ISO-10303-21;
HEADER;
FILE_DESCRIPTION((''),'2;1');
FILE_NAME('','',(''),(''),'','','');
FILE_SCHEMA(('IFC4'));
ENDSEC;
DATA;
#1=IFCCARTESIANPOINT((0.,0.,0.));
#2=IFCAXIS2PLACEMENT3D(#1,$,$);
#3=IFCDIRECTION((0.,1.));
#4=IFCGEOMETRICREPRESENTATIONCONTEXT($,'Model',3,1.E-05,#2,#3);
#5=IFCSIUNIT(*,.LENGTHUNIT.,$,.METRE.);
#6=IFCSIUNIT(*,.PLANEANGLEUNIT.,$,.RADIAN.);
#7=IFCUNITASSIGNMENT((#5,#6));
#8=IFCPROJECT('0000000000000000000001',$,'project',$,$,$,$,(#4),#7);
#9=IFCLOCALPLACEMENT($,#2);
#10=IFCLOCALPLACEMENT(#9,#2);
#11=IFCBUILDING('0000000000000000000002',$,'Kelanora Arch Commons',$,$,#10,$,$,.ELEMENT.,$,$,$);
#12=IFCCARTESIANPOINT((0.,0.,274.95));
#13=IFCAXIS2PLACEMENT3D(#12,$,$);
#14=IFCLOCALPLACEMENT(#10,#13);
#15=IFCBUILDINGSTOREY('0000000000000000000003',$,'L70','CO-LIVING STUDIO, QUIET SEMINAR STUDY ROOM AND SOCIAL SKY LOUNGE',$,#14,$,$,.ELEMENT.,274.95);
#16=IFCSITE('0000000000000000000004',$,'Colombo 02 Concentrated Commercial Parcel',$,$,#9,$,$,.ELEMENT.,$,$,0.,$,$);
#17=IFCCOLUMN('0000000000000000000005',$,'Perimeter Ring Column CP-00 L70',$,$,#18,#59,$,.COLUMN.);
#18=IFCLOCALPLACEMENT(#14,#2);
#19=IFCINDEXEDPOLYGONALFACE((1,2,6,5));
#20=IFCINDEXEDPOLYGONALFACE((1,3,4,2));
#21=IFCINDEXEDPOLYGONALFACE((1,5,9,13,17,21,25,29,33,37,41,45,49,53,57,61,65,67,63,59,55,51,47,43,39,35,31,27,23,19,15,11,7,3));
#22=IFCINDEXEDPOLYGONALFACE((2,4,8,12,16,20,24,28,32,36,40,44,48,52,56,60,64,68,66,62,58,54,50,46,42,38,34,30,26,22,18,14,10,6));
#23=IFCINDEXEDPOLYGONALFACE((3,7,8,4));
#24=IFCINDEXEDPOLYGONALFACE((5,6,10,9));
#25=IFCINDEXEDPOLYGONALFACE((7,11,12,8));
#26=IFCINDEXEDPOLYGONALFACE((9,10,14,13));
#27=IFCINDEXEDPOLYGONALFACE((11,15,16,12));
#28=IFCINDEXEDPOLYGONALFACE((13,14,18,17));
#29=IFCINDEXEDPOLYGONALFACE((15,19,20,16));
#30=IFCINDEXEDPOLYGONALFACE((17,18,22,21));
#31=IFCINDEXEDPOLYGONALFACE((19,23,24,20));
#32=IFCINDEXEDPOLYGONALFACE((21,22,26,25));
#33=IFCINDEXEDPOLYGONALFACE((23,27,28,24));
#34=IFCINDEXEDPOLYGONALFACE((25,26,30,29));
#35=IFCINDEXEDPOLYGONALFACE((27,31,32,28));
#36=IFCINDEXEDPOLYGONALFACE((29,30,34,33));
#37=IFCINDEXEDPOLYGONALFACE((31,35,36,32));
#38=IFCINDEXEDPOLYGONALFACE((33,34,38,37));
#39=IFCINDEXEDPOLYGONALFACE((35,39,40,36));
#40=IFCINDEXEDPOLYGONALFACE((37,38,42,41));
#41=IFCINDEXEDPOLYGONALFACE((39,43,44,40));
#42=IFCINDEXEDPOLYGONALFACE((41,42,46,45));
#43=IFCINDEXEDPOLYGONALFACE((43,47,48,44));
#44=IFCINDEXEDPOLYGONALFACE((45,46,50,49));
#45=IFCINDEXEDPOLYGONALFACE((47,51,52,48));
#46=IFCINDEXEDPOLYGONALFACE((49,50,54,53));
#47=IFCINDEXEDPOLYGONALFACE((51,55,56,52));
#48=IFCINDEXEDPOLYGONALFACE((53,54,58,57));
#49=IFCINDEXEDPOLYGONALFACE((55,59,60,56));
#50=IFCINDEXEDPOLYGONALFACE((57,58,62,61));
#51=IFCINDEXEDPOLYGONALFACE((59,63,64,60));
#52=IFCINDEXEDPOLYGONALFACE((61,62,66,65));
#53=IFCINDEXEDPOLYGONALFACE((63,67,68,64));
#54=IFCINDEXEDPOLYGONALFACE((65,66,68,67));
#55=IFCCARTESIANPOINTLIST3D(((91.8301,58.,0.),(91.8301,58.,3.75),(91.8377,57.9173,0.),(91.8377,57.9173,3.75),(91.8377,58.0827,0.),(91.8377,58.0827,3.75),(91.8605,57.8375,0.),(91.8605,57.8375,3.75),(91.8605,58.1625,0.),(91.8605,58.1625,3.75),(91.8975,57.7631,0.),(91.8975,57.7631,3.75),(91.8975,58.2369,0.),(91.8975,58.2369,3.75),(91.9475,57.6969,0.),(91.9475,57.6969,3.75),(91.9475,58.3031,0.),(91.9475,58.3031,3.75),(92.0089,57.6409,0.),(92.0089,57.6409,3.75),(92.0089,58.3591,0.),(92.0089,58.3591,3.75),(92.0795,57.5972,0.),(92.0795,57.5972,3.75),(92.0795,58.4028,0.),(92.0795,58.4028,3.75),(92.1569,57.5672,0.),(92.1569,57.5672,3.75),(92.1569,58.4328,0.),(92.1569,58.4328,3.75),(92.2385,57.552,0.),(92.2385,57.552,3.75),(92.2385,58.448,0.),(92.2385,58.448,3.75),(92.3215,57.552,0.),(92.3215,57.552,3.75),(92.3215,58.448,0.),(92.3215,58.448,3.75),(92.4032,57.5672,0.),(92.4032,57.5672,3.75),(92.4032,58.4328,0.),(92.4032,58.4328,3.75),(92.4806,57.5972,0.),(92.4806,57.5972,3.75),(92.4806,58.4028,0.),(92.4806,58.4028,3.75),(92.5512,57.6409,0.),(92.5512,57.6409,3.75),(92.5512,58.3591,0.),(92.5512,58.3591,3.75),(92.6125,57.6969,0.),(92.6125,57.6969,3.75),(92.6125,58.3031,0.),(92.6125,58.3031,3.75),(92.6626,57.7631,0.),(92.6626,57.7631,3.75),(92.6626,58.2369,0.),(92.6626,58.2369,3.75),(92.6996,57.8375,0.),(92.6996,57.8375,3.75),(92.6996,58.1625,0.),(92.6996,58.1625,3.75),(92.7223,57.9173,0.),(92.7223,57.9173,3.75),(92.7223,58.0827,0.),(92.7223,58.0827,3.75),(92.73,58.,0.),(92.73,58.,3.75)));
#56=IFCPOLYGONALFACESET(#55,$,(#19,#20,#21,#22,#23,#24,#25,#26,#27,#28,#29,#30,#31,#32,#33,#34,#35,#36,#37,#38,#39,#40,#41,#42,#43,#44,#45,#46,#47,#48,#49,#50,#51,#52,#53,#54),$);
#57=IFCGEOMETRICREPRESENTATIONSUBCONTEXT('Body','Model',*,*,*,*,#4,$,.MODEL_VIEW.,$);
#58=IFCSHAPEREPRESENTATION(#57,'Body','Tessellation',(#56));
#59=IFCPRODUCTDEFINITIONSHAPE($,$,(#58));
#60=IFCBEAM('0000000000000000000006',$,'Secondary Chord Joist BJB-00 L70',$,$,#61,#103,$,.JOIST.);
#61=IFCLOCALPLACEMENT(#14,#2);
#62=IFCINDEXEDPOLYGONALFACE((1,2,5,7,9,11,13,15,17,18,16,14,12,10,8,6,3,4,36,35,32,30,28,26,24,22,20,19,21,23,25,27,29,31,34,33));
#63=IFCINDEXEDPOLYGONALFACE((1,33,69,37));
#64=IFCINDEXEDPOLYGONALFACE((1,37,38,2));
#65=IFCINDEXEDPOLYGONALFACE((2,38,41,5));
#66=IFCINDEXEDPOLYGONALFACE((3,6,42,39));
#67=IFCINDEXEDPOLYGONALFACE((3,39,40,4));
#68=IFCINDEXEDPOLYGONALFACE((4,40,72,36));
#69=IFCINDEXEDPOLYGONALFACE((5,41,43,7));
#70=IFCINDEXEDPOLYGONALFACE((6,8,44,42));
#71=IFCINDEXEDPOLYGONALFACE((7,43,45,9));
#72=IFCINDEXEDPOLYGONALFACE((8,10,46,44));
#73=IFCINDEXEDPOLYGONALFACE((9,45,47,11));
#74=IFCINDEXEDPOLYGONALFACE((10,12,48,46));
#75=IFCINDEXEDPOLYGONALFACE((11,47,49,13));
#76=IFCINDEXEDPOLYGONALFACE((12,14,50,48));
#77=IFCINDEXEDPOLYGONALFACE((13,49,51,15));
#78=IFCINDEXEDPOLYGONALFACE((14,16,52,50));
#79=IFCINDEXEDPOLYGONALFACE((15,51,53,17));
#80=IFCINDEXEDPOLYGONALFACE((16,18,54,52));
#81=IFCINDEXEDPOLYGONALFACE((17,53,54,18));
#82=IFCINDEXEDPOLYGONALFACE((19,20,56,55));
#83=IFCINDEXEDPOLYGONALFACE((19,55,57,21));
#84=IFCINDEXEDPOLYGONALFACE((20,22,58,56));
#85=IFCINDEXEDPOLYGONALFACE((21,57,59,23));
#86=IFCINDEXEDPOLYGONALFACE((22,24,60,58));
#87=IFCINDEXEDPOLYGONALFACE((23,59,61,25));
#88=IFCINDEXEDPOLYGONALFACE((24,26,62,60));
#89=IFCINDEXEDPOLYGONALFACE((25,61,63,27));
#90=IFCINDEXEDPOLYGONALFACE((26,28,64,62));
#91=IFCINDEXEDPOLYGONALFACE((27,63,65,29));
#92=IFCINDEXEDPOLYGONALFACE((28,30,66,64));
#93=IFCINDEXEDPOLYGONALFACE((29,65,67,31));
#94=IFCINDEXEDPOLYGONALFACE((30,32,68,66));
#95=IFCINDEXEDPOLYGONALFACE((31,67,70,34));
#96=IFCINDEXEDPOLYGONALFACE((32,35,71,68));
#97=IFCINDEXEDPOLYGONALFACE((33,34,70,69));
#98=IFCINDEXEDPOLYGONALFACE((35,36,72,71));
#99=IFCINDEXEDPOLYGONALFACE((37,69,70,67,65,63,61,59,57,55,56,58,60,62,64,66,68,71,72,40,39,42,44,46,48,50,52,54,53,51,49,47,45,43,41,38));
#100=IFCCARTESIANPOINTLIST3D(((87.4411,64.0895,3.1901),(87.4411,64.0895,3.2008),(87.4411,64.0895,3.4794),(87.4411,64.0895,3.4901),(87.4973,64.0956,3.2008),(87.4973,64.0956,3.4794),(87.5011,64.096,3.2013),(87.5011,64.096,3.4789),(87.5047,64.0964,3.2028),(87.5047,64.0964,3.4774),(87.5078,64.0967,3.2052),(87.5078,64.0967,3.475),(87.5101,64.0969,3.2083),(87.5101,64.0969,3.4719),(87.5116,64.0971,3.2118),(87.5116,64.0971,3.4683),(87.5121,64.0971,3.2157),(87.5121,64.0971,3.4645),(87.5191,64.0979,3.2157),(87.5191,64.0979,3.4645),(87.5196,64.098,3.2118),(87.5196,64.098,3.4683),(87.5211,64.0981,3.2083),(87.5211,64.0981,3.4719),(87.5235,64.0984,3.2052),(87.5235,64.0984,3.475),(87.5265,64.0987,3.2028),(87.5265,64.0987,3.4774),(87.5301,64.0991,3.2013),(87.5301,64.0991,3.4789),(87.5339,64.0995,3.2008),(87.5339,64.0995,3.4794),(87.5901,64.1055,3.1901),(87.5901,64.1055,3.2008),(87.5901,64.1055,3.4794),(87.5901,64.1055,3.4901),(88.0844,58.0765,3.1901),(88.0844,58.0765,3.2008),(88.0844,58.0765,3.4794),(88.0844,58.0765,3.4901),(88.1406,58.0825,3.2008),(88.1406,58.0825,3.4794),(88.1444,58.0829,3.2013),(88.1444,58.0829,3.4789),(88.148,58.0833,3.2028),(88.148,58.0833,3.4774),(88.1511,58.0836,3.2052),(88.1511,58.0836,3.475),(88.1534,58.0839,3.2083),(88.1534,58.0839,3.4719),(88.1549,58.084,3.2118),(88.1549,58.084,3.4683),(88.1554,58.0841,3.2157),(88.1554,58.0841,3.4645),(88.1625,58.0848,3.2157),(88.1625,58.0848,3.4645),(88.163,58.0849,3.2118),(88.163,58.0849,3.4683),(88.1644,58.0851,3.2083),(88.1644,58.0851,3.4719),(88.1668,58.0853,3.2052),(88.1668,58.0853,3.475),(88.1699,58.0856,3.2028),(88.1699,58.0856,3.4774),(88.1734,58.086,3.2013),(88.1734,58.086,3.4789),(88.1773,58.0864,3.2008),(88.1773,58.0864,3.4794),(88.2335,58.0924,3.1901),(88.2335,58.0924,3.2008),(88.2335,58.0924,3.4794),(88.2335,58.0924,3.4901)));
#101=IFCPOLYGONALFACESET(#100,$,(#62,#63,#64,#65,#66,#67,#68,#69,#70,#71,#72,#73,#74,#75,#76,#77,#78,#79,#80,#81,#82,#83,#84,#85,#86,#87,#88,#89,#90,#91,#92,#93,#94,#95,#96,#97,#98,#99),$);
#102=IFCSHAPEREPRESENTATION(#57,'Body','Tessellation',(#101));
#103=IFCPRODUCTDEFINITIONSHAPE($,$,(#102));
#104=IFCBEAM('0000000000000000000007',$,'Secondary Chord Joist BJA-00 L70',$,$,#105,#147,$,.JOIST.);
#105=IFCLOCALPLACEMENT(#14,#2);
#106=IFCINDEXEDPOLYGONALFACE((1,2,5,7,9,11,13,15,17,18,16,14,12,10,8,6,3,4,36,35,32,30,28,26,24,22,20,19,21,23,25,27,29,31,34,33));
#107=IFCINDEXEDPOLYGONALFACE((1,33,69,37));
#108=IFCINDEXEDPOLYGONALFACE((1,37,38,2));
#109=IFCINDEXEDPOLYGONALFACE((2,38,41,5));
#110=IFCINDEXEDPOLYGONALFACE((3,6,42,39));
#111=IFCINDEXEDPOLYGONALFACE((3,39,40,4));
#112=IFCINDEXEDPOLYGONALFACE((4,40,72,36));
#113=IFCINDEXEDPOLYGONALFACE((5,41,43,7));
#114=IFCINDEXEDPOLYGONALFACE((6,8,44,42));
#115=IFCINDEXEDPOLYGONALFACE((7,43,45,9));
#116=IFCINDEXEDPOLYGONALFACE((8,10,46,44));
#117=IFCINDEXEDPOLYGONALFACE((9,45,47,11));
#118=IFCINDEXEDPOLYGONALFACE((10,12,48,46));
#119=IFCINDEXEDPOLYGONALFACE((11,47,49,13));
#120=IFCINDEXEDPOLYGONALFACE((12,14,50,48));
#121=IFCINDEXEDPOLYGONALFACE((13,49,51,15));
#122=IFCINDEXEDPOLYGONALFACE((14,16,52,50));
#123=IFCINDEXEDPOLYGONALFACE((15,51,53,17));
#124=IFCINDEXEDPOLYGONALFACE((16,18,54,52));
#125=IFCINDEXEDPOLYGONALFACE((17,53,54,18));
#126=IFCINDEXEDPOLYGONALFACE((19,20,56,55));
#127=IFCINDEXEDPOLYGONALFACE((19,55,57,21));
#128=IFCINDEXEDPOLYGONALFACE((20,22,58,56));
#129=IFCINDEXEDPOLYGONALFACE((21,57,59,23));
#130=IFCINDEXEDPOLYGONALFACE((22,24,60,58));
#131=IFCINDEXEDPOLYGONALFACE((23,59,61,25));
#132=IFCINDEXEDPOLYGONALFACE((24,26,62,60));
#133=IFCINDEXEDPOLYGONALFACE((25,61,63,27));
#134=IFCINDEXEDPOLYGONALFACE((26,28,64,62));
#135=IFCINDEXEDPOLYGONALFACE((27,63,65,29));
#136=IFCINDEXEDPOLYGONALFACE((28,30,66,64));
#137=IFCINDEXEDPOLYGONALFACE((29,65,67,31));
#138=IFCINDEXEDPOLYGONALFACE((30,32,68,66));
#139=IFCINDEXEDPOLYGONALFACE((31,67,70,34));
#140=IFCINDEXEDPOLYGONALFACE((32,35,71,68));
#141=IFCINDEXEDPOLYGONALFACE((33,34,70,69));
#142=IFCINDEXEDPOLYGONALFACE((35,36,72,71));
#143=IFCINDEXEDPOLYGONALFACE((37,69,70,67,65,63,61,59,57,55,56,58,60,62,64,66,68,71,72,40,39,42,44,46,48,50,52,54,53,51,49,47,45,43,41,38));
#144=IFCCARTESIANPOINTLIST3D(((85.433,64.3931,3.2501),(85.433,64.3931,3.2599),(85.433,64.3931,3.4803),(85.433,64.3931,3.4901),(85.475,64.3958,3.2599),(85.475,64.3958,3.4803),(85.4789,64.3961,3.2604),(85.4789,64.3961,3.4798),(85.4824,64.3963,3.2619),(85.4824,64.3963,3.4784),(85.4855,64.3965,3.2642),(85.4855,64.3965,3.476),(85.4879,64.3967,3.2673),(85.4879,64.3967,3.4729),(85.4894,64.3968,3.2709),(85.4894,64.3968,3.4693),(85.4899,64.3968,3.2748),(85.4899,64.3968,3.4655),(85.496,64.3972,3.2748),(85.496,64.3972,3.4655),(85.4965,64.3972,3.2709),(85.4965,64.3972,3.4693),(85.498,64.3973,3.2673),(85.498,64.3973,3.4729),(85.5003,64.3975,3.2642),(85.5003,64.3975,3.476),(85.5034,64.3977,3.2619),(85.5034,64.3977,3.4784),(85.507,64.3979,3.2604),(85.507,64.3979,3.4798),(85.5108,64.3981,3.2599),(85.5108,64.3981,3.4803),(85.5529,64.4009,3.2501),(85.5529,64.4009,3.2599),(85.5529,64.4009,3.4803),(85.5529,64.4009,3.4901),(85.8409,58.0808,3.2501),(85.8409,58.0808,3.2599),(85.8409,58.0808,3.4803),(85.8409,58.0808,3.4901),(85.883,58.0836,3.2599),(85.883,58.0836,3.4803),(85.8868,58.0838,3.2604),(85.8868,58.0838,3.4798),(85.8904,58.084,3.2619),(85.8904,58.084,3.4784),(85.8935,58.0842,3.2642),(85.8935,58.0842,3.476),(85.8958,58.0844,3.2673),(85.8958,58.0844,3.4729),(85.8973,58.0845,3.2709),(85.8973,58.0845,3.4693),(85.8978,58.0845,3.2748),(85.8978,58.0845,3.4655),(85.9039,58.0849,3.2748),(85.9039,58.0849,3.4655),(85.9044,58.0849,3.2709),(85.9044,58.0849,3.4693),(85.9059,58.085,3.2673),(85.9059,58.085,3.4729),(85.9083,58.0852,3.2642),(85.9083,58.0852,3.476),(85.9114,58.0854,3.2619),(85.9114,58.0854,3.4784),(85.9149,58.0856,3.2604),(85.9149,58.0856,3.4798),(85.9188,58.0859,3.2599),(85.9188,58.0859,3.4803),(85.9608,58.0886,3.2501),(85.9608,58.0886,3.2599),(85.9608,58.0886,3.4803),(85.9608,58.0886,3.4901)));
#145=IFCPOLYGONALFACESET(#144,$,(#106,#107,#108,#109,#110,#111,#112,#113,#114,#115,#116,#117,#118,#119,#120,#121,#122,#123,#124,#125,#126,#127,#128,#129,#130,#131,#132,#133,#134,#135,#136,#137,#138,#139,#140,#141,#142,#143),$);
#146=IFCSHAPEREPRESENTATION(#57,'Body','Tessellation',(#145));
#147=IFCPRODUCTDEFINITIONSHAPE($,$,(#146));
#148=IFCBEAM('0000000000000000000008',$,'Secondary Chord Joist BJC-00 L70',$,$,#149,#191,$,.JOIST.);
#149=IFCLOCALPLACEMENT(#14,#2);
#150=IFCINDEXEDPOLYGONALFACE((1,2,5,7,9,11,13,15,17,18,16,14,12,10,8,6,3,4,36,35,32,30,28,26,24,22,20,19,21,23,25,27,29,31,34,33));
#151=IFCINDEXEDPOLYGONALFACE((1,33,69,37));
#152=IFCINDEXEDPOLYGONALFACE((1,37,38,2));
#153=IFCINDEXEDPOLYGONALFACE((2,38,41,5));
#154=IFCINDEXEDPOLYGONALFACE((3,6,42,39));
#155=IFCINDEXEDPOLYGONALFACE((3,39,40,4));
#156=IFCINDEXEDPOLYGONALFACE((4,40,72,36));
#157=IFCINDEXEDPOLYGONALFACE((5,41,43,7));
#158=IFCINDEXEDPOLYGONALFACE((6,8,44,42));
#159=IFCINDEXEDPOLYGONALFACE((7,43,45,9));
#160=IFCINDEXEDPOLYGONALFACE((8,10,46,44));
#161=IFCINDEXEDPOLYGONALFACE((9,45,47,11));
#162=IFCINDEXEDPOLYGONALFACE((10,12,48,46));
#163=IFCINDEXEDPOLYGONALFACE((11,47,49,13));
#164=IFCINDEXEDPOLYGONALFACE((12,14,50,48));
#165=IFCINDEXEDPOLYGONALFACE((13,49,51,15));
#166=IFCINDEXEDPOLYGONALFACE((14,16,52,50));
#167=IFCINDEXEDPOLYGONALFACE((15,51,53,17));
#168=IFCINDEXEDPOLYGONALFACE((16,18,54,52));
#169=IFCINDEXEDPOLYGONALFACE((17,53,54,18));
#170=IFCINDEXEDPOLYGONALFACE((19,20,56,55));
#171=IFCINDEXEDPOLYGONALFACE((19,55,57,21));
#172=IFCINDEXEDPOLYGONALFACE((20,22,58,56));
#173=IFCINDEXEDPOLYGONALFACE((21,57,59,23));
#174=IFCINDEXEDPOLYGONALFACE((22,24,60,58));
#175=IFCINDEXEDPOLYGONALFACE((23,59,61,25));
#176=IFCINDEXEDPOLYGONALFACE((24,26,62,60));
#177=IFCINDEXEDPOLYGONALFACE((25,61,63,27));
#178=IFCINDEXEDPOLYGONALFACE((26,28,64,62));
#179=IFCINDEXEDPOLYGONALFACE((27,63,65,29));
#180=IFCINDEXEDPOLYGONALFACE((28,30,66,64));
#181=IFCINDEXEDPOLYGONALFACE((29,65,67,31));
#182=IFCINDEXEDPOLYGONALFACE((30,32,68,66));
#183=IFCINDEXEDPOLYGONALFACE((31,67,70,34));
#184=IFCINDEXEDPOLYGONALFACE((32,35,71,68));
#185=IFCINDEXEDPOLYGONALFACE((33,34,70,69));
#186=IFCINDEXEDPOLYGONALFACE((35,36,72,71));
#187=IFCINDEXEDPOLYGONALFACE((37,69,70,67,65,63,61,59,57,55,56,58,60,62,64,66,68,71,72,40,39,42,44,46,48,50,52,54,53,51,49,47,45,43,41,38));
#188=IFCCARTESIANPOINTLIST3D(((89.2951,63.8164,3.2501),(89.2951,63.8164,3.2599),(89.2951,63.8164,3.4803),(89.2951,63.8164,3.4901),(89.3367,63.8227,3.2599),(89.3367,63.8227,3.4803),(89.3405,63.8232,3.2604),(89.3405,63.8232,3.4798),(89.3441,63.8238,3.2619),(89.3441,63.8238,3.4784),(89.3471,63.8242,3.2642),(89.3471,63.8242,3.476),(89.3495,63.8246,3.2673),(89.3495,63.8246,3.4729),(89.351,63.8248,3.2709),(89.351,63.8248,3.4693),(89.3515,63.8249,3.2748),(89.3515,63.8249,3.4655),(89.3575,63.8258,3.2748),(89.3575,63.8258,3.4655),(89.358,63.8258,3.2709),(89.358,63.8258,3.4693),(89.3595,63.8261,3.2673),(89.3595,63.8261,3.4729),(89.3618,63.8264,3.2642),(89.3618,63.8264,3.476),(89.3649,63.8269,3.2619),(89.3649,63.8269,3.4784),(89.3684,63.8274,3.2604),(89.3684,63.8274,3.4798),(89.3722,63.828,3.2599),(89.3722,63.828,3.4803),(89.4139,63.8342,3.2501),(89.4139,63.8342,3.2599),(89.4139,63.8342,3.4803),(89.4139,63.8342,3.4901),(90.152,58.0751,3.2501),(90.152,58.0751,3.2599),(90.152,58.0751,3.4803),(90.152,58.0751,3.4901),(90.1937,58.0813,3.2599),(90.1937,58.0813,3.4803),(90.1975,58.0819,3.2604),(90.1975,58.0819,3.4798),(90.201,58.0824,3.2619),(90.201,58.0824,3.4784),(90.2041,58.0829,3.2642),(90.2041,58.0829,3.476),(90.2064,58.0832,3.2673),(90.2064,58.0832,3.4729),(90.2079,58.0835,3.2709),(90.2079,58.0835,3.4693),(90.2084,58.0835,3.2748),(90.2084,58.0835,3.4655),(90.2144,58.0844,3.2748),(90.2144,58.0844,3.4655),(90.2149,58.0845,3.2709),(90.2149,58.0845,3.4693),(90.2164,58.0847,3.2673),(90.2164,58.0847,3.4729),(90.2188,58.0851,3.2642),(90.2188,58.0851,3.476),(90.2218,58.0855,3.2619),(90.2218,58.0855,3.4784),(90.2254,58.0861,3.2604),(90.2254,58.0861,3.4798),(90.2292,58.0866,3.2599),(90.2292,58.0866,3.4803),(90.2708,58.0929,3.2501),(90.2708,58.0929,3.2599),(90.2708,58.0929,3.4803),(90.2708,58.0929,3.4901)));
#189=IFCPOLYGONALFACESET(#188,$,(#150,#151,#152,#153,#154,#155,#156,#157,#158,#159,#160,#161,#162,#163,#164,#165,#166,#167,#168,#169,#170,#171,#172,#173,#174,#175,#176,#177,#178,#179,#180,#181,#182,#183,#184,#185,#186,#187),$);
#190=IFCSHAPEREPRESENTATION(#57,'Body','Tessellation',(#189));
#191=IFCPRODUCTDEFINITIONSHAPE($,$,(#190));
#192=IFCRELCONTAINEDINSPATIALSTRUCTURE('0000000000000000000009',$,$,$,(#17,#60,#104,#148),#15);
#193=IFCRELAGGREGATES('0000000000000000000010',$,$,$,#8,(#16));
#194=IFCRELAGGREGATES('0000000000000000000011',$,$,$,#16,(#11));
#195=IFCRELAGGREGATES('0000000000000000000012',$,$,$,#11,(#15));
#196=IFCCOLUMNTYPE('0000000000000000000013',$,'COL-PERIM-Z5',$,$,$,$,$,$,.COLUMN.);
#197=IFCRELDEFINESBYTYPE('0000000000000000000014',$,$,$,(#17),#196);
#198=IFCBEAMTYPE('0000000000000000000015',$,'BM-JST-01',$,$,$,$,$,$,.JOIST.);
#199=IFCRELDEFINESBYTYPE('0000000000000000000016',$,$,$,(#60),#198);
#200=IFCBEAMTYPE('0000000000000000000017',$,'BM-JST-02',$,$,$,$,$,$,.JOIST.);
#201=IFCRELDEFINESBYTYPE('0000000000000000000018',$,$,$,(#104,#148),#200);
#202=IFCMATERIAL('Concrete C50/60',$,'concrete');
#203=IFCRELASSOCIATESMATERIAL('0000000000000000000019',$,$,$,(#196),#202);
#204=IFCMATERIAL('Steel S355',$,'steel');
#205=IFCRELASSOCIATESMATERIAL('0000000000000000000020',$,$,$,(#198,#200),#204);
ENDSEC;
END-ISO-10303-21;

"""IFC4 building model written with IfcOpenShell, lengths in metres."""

from ifc_helpers import new_model, si_unit, direction, frame, origin, origin_2d, place, context, subcontext, project, spatial, circle, i_section, extrude, material, material_profile, profile_set, type_object, element, save


model = new_model("IFC4")

# Units and contexts
model_context = context("Model", 3, precision=1e-05, world=origin(), true_north=direction((0.0, 1.0)))
body_context = subcontext(model_context, "Body", "Model", "MODEL_VIEW")
ifc_project = project(units=[si_unit("LENGTHUNIT", "METRE"), si_unit("PLANEANGLEUNIT", "RADIAN")], contexts=[model_context])

# Site, building, storey
site_placement = place(None, origin())
site = spatial("IfcSite", under=ifc_project, at=site_placement, Name="Colombo 02 Concentrated Commercial Parcel", CompositionType="ELEMENT", RefElevation=0.0)
building_placement = place(site_placement, origin())
building = spatial("IfcBuilding", under=site, at=building_placement, Name="Kelanora Arch Commons", CompositionType="ELEMENT")
storey_placement = place(building_placement, frame((0.0, 0.0, 274.95)))
storey = spatial("IfcBuildingStorey", under=building, at=storey_placement, Name="L70", Description="CO-LIVING STUDIO, QUIET SEMINAR STUDY ROOM AND SOCIAL SKY LOUNGE", CompositionType="ELEMENT", Elevation=274.95)

# Column
ifc_material_1 = material(Name="Concrete C50/60", Category="concrete")
ifc_material_profile_1 = material_profile(ifc_material_1, circle(Radius=0.45, at=origin_2d()), Name="RCC900")
ifc_profile_set_1 = profile_set([ifc_material_profile_1], Name="Concrete C50/60")
column_type = type_object("IfcColumnType", Name="COL-PERIM-Z5", PredefinedType="COLUMN", material=ifc_profile_set_1)
column_placement = place(storey_placement, frame((92.28, 58.0, 0.0), z_axis=(0.0, 0.0, 1.0), x_axis=(1.0, 0.0, 0.0)))
element("IfcColumn", 1, at=column_placement, inside=storey, type_object=column_type, Name="Perimeter Ring Column CP-00 L70", PredefinedType="COLUMN", context=body_context, shape_type="SweptSolid", body=[
    extrude(circle(Radius=0.45, at=origin_2d()), origin(), (0.0, 0.0, 1.0), 3.75),
])

# Beams
ifc_material_2 = material(Name="Steel S355", Category="steel")
ifc_material_profile_2 = material_profile(ifc_material_2, i_section(OverallWidth=0.1499, OverallDepth=0.3, WebThickness=0.0071, FlangeThickness=0.0107, FilletRadius=0.0149, at=origin_2d()), Name="IPE300")
ifc_profile_set_2 = profile_set([ifc_material_profile_2], Name="Steel S355")
beam_type_1 = type_object("IfcBeamType", Name="BM-JST-01", PredefinedType="JOIST", material=ifc_profile_set_2)
beam_1_placement = place(storey_placement, frame((88.1589, 58.0845, 3.3401), z_axis=(-0.106381, 0.994325, 0.0), x_axis=(-0.994325, -0.106381, 0.0)))
element("IfcBeam", 2, at=beam_1_placement, inside=storey, type_object=beam_type_1, Name="Secondary Chord Joist BJB-00 L70", PredefinedType="JOIST", context=body_context, shape_type="SweptSolid", body=[
    extrude(i_section(OverallWidth=0.1499, OverallDepth=0.3, WebThickness=0.0071, FlangeThickness=0.0107, FilletRadius=0.0149, at=origin_2d()), origin(), (0.0, 0.0, 1.0), 6.0474),
])
ifc_material_profile_3 = material_profile(ifc_material_2, i_section(OverallWidth=0.1201, OverallDepth=0.24, WebThickness=0.0061, FlangeThickness=0.0098, FilletRadius=0.0149, at=origin_2d()), Name="IPE240")
ifc_profile_set_3 = profile_set([ifc_material_profile_3], Name="Steel S355")
beam_type_2 = type_object("IfcBeamType", Name="BM-JST-02", PredefinedType="JOIST", material=ifc_profile_set_3)
beam_2_placement = place(storey_placement, frame((85.9009, 58.0847, 3.3701), z_axis=(-0.064495, 0.997918, 0.0), x_axis=(-0.997918, -0.064495, 0.0)))
element("IfcBeam", 3, at=beam_2_placement, inside=storey, type_object=beam_type_2, Name="Secondary Chord Joist BJA-00 L70", PredefinedType="JOIST", context=body_context, shape_type="SweptSolid", body=[
    extrude(i_section(OverallWidth=0.1201, OverallDepth=0.24, WebThickness=0.0061, FlangeThickness=0.0098, FilletRadius=0.0149, at=origin_2d()), origin(), (0.0, 0.0, 1.0), 6.3254),
])
beam_3_placement = place(storey_placement, frame((90.2114, 58.084, 3.3701), z_axis=(-0.147625, 0.989043, 0.0), x_axis=(-0.989043, -0.147625, 0.0)))
element("IfcBeam", 4, at=beam_3_placement, inside=storey, type_object=beam_type_2, Name="Secondary Chord Joist BJC-00 L70", PredefinedType="JOIST", context=body_context, shape_type="SweptSolid", body=[
    extrude(i_section(OverallWidth=0.1201, OverallDepth=0.24, WebThickness=0.0061, FlangeThickness=0.0098, FilletRadius=0.0149, at=origin_2d()), origin(), (0.0, 0.0, 1.0), 5.8049),
])

save(model, "model.ifc")
